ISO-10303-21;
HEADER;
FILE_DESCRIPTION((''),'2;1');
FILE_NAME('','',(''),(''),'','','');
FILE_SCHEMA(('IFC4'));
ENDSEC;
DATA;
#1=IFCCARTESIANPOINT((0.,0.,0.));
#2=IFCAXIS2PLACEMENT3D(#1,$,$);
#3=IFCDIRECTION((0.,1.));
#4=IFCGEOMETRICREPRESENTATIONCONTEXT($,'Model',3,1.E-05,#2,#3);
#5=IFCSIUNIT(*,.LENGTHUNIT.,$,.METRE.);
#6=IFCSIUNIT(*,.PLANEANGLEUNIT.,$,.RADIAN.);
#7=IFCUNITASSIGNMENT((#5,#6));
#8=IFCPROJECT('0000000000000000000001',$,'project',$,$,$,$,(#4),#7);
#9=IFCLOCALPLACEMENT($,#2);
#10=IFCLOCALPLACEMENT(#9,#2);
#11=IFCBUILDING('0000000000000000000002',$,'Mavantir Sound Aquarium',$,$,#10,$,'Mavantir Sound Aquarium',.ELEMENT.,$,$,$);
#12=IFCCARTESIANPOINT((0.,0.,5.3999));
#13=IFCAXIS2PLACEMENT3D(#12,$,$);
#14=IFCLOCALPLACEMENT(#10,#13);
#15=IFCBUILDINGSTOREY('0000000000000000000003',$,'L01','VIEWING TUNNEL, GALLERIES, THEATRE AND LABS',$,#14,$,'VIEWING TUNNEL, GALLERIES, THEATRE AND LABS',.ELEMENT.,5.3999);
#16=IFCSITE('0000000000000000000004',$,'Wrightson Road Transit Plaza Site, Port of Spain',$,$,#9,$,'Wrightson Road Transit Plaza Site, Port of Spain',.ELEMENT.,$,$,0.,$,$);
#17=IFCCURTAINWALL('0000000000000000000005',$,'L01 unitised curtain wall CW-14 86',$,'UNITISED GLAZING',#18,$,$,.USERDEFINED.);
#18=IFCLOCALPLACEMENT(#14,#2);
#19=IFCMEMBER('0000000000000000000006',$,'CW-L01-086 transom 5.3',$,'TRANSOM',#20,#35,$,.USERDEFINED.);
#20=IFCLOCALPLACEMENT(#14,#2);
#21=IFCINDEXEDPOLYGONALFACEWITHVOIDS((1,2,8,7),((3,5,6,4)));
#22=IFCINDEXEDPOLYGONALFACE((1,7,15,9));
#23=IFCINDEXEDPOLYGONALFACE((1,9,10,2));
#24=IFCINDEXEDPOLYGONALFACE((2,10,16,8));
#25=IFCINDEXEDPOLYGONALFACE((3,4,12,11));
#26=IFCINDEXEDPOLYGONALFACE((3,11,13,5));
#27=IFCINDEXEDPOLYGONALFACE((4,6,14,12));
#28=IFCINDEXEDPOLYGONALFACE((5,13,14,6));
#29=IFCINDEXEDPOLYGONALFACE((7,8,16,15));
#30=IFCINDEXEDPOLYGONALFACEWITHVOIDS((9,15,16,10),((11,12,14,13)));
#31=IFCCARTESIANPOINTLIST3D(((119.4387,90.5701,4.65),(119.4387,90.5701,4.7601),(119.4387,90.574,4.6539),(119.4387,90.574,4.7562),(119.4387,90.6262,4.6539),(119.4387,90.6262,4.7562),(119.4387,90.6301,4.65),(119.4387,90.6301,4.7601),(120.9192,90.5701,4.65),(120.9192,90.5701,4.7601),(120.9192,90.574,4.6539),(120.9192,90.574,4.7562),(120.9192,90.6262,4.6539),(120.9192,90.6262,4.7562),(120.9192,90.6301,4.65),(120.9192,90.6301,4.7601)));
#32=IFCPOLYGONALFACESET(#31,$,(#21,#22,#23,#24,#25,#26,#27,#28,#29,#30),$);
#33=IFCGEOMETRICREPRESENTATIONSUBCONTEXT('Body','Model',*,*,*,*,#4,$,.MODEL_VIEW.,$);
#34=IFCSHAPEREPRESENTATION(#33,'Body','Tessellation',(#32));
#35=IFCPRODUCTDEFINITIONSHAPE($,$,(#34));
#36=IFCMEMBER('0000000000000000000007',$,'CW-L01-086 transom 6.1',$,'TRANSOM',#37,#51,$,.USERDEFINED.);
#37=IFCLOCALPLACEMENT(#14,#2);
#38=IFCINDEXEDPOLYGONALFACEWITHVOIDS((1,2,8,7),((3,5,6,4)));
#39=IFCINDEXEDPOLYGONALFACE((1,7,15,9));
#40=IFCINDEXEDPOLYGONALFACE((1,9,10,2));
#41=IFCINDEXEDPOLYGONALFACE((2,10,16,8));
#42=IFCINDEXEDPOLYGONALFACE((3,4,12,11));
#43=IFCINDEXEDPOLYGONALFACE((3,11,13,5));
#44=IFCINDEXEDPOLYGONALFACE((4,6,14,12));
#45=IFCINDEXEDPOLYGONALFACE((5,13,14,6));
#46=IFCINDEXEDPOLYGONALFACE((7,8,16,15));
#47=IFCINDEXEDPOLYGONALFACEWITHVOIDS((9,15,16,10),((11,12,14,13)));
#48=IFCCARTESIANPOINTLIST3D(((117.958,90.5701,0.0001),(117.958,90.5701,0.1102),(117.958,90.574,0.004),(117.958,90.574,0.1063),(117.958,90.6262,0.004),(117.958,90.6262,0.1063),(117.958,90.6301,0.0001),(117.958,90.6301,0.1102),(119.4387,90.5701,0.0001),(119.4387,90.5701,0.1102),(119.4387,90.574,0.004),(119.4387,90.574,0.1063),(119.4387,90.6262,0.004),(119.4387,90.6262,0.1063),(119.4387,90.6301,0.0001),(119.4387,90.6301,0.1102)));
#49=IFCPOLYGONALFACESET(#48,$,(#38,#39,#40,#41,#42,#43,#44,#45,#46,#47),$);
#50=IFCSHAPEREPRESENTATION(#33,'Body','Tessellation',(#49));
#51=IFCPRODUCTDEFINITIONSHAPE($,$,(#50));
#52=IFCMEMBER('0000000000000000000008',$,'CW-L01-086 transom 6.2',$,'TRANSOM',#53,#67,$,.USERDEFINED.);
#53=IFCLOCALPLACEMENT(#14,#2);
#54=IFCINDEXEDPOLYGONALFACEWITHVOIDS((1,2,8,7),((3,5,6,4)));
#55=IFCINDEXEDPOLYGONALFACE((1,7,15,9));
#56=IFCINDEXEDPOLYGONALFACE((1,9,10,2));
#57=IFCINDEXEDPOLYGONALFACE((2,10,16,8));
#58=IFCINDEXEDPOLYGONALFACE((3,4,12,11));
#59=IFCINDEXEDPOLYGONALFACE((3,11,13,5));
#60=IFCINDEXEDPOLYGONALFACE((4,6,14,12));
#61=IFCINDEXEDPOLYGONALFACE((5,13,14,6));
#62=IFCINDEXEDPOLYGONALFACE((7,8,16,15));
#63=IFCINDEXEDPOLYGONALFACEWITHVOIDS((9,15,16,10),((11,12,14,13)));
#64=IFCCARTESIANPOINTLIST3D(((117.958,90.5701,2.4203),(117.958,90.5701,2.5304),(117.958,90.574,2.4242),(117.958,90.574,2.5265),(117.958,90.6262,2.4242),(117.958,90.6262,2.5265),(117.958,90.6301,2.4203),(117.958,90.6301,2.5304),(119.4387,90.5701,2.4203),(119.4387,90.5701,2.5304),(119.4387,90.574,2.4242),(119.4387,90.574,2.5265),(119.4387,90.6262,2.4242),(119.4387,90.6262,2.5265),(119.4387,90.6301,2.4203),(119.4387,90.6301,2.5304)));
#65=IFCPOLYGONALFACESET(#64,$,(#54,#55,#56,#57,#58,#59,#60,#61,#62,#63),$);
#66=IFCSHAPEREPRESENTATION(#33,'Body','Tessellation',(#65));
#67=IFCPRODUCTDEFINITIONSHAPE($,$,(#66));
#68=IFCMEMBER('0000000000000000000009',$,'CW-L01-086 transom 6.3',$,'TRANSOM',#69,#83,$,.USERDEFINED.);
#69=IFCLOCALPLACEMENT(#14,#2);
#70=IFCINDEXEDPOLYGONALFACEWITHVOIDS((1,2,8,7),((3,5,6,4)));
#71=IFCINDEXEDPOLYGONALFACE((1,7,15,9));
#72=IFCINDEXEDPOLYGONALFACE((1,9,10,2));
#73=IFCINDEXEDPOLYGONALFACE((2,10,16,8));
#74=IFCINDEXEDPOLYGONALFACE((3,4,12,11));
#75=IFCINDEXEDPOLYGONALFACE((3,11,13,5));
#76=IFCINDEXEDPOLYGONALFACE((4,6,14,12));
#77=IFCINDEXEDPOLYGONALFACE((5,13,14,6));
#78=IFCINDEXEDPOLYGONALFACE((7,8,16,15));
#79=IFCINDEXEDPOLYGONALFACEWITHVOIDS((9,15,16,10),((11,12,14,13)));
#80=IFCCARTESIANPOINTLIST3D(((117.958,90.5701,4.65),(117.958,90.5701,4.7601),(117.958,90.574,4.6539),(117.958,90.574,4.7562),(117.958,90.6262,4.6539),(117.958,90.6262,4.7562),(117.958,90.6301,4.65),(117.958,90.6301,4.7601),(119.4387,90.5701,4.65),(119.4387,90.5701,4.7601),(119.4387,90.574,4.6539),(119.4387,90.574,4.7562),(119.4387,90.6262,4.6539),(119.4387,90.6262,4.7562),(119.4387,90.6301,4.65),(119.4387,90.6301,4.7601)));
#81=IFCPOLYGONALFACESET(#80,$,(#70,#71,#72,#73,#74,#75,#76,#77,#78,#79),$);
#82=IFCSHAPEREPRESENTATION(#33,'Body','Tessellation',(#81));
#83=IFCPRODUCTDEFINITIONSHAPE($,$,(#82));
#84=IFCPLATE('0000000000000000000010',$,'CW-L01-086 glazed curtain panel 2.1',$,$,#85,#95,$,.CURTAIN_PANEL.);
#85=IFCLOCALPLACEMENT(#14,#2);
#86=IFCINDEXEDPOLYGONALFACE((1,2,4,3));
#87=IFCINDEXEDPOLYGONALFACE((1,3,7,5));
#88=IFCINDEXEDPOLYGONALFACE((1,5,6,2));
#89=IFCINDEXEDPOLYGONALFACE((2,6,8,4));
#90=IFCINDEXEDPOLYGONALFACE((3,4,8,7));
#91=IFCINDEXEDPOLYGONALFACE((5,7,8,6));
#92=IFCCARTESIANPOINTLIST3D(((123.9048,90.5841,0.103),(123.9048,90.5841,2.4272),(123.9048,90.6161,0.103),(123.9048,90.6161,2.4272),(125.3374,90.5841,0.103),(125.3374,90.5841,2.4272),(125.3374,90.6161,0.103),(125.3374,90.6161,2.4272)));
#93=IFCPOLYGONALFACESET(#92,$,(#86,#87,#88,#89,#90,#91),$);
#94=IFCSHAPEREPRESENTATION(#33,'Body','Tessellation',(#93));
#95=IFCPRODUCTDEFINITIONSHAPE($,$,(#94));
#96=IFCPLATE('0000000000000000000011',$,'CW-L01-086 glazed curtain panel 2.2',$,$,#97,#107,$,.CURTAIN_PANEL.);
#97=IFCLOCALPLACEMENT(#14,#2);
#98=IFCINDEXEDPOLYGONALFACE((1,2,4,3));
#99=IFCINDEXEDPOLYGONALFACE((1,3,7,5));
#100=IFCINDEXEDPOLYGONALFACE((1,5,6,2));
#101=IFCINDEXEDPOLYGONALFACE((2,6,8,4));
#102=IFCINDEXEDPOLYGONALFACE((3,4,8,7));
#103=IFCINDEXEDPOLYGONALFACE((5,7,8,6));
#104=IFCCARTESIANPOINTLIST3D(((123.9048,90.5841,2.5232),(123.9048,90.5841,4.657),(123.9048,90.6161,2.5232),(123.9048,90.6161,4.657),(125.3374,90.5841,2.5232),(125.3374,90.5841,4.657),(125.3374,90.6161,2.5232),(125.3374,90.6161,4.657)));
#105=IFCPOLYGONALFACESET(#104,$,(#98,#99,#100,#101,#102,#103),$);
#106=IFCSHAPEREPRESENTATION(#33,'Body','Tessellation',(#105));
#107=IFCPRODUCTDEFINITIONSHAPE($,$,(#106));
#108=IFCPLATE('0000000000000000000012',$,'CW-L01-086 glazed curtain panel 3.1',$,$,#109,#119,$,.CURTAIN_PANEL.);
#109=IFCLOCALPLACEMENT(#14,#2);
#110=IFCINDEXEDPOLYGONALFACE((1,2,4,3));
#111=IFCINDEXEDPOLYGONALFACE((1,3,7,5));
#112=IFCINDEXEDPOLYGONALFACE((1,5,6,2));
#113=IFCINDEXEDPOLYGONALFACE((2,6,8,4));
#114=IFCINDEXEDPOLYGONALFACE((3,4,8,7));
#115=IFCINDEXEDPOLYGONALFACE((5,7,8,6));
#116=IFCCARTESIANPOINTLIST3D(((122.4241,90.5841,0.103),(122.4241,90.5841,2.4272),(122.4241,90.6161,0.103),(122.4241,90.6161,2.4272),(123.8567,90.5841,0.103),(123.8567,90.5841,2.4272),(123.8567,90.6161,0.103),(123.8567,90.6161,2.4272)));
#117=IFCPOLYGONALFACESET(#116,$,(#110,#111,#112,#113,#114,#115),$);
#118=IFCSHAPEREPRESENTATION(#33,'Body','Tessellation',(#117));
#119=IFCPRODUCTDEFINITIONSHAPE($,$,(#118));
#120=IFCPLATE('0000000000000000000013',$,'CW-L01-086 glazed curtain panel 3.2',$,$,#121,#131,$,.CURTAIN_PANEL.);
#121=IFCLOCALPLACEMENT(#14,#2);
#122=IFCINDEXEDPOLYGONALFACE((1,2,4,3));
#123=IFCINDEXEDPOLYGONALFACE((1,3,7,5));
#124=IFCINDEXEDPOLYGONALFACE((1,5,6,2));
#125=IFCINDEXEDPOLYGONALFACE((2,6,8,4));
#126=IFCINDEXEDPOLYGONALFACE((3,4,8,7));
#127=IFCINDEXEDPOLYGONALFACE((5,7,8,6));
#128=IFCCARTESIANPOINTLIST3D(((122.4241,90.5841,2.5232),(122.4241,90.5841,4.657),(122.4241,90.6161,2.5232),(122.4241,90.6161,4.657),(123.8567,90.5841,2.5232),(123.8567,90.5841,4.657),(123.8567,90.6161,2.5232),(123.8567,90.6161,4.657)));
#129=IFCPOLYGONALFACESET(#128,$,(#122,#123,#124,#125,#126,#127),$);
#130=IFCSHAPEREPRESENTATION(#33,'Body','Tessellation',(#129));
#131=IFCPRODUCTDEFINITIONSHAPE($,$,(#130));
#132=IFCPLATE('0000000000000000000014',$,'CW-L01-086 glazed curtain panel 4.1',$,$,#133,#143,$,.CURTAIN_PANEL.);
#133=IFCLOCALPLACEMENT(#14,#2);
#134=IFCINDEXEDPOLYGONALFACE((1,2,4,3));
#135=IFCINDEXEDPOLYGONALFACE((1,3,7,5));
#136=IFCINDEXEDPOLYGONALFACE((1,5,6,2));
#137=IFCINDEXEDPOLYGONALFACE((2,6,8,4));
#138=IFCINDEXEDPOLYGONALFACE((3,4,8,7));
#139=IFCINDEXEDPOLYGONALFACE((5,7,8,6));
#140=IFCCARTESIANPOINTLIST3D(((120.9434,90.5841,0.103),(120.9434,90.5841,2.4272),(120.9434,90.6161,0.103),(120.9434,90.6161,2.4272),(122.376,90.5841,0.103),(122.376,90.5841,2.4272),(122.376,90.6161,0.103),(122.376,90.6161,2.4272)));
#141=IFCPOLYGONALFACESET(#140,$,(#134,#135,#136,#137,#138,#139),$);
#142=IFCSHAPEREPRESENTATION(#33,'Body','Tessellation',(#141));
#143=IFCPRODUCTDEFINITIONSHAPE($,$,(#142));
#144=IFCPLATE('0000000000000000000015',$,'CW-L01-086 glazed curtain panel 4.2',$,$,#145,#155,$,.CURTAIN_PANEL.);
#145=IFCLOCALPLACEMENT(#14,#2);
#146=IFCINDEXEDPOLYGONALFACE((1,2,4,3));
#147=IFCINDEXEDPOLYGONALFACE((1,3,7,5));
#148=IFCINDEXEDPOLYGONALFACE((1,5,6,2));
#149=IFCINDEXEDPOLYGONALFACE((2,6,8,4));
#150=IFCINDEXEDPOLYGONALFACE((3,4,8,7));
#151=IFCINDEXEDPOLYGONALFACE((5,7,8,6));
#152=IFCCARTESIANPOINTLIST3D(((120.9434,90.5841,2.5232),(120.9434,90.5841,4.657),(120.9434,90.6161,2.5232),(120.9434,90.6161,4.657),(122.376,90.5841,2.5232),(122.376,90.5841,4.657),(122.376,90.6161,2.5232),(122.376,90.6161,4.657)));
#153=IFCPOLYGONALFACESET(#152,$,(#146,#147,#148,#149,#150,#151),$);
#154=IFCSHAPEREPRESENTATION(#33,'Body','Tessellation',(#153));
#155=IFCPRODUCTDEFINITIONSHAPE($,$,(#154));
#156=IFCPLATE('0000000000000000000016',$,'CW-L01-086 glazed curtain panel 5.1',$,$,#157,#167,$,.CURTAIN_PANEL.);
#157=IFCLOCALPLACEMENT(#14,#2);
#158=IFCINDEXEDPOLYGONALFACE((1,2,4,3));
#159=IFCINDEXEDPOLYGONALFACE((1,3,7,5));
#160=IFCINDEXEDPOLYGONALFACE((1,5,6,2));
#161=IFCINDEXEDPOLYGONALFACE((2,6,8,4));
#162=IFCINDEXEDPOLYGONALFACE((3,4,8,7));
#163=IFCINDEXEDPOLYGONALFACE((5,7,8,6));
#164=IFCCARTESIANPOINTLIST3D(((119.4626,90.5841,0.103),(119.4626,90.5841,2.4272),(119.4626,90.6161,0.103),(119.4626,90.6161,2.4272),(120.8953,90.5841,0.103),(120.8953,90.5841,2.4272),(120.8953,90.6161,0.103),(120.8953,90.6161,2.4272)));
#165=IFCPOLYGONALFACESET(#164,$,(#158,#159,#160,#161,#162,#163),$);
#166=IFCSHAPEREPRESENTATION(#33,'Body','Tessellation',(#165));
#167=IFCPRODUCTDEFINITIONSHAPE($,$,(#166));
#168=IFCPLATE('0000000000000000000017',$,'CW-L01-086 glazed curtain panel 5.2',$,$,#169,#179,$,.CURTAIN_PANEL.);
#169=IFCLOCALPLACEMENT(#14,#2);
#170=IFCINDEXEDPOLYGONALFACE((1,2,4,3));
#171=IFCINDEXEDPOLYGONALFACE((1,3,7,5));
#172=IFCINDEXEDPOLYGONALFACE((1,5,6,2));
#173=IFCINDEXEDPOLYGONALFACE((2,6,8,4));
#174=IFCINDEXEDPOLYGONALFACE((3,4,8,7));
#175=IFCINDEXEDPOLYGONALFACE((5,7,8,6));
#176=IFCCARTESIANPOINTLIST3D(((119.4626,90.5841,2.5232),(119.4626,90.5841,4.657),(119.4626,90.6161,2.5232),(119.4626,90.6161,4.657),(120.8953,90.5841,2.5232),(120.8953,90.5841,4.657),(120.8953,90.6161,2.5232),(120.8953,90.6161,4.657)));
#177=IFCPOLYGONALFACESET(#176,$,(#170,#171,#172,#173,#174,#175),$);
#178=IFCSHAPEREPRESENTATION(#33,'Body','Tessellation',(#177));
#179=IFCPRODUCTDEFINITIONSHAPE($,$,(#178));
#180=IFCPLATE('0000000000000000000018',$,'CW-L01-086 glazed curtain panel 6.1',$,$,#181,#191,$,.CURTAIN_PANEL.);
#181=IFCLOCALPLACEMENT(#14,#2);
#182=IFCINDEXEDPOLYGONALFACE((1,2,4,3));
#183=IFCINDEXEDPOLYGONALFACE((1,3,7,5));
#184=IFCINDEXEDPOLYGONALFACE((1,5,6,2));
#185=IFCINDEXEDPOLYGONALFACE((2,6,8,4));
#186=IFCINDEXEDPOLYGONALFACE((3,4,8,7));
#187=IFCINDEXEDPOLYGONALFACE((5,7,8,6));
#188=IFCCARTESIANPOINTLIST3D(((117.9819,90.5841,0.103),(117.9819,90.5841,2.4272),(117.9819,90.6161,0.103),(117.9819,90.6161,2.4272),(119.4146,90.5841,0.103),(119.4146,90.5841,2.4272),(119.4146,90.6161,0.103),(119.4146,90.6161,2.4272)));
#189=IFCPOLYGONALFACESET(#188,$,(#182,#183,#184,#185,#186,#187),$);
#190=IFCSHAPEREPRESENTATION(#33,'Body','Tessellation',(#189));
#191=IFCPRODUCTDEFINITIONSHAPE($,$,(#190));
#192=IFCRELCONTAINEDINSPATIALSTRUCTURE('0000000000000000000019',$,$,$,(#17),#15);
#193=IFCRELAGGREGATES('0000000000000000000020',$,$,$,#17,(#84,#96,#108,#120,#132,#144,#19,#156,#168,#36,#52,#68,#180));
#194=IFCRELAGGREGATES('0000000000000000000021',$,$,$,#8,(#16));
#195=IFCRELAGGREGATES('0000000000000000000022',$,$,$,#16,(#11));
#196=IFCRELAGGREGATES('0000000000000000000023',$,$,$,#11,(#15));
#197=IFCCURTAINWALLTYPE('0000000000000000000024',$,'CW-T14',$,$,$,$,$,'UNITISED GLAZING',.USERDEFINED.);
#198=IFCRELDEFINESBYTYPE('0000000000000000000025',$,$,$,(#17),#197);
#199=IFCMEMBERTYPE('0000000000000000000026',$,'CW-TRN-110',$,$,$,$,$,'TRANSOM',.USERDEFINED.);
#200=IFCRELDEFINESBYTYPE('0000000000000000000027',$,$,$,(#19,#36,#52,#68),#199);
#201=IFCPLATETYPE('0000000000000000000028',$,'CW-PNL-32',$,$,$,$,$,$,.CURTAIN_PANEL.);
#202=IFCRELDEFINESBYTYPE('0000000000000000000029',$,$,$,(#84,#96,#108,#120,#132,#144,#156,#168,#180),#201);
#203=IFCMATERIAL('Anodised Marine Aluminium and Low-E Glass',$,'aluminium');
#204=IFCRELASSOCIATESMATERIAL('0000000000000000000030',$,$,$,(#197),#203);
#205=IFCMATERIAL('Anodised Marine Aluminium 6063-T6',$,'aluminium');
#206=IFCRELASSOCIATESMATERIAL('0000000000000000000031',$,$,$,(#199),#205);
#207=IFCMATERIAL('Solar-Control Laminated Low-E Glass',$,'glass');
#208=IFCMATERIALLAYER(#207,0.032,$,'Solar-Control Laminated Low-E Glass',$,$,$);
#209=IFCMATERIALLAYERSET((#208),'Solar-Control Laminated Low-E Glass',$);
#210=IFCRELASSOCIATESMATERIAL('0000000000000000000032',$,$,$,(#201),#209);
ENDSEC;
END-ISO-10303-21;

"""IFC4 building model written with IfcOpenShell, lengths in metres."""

from ifc_helpers import new_model, si_unit, direction, frame, origin, origin_2d, place, context, subcontext, project, spatial, rectangle, hollow_rectangle, extrude, material, layer, layer_set, material_profile, profile_set, type_object, element, aggregate, save


model = new_model("IFC4")

# Units and contexts
model_context = context("Model", 3, precision=1e-05, world=origin(), true_north=direction((0.0, 1.0)))
body_context = subcontext(model_context, "Body", "Model", "MODEL_VIEW")
ifc_project = project(units=[si_unit("LENGTHUNIT", "METRE"), si_unit("PLANEANGLEUNIT", "RADIAN")], contexts=[model_context])

# Site, building, storey
site_placement = place(None, origin())
site = spatial("IfcSite", under=ifc_project, at=site_placement, Name="Wrightson Road Transit Plaza Site, Port of Spain", LongName="Wrightson Road Transit Plaza Site, Port of Spain", CompositionType="ELEMENT", RefElevation=0.0)
building_placement = place(site_placement, origin())
building = spatial("IfcBuilding", under=site, at=building_placement, Name="Mavantir Sound Aquarium", LongName="Mavantir Sound Aquarium", CompositionType="ELEMENT")
storey_placement = place(building_placement, frame((0.0, 0.0, 5.3999)))
storey = spatial("IfcBuildingStorey", under=building, at=storey_placement, Name="L01", Description="VIEWING TUNNEL, GALLERIES, THEATRE AND LABS", LongName="VIEWING TUNNEL, GALLERIES, THEATRE AND LABS", CompositionType="ELEMENT", Elevation=5.3999)

# Curtain wall, members, plates
ifc_material_1 = material(Name="Anodised Marine Aluminium and Low-E Glass", Category="aluminium")
curtain_wall_type = type_object("IfcCurtainWallType", Name="CW-T14", ElementType="UNITISED GLAZING", PredefinedType="USERDEFINED", material=ifc_material_1)
curtain_wall_placement = place(storey_placement, origin())
curtain_wall = element("IfcCurtainWall", 1, at=curtain_wall_placement, inside=storey, type_object=curtain_wall_type, Name="L01 unitised curtain wall CW-14 86", ObjectType="UNITISED GLAZING", PredefinedType="USERDEFINED")
ifc_material_2 = material(Name="Anodised Marine Aluminium 6063-T6", Category="aluminium")
ifc_material_profile_1 = material_profile(ifc_material_2, hollow_rectangle(XDim=0.0601, YDim=0.1101, WallThickness=0.0039, at=origin_2d()), Name="ALU-TRANSOM-110X60")
ifc_profile_set_1 = profile_set([ifc_material_profile_1], Name="Anodised Marine Aluminium 6063-T6")
member_type_1 = type_object("IfcMemberType", Name="CW-TRN-110", ElementType="TRANSOM", PredefinedType="USERDEFINED", material=ifc_profile_set_1)
member_1_placement = place(storey_placement, frame((120.9192, 90.6001, 4.7051), z_axis=(-1.0, 0.0, 0.0), x_axis=(0.0, -1.0, 0.0)))
member_1 = element("IfcMember", 2, at=member_1_placement, type_object=member_type_1, Name="CW-L01-086 transom 5.3", ObjectType="TRANSOM", PredefinedType="USERDEFINED", context=body_context, shape_type="SweptSolid", body=[
    extrude(hollow_rectangle(XDim=0.0601, YDim=0.1101, WallThickness=0.0039, at=origin_2d()), origin(), (0.0, 0.0, 1.0), 1.4805),
])
member_2_placement = place(storey_placement, frame((119.4387, 90.6001, 0.0552), z_axis=(-1.0, 0.0, 0.0), x_axis=(0.0, -1.0, 0.0)))
member_2 = element("IfcMember", 3, at=member_2_placement, type_object=member_type_1, Name="CW-L01-086 transom 6.1", ObjectType="TRANSOM", PredefinedType="USERDEFINED", context=body_context, shape_type="SweptSolid", body=[
    extrude(hollow_rectangle(XDim=0.0601, YDim=0.1101, WallThickness=0.0039, at=origin_2d()), origin(), (0.0, 0.0, 1.0), 1.4807),
])
member_3_placement = place(storey_placement, frame((119.4387, 90.6001, 2.4753), z_axis=(-1.0, 0.0, 0.0), x_axis=(0.0, -1.0, 0.0)))
member_3 = element("IfcMember", 4, at=member_3_placement, type_object=member_type_1, Name="CW-L01-086 transom 6.2", ObjectType="TRANSOM", PredefinedType="USERDEFINED", context=body_context, shape_type="SweptSolid", body=[
    extrude(hollow_rectangle(XDim=0.0601, YDim=0.1101, WallThickness=0.0039, at=origin_2d()), origin(), (0.0, 0.0, 1.0), 1.4807),
])
member_4_placement = place(storey_placement, frame((119.4387, 90.6001, 4.7051), z_axis=(-1.0, 0.0, 0.0), x_axis=(0.0, -1.0, 0.0)))
member_4 = element("IfcMember", 5, at=member_4_placement, type_object=member_type_1, Name="CW-L01-086 transom 6.3", ObjectType="TRANSOM", PredefinedType="USERDEFINED", context=body_context, shape_type="SweptSolid", body=[
    extrude(hollow_rectangle(XDim=0.0601, YDim=0.1101, WallThickness=0.0039, at=origin_2d()), origin(), (0.0, 0.0, 1.0), 1.4807),
])
ifc_material_3 = material(Name="Solar-Control Laminated Low-E Glass", Category="glass")
ifc_layer = layer(ifc_material_3, 0.032, Name="Solar-Control Laminated Low-E Glass")
ifc_layer_set = layer_set([ifc_layer], Name="Solar-Control Laminated Low-E Glass")
plate_type = type_object("IfcPlateType", Name="CW-PNL-32", PredefinedType="CURTAIN_PANEL", material=ifc_layer_set)
plate_1_placement = place(storey_placement, frame((124.6211, 90.6001, 0.103), z_axis=(0.0, 0.0, 1.0), x_axis=(-1.0, 0.0, 0.0)))
plate_1 = element("IfcPlate", 6, at=plate_1_placement, type_object=plate_type, Name="CW-L01-086 glazed curtain panel 2.1", PredefinedType="CURTAIN_PANEL", context=body_context, shape_type="SweptSolid", body=[
    extrude(rectangle(XDim=1.4326, YDim=0.032, at=origin_2d()), origin(), (0.0, 0.0, 1.0), 2.3242),
])
plate_2_placement = place(storey_placement, frame((124.6211, 90.6001, 2.5232), z_axis=(0.0, 0.0, 1.0), x_axis=(-1.0, 0.0, 0.0)))
plate_2 = element("IfcPlate", 7, at=plate_2_placement, type_object=plate_type, Name="CW-L01-086 glazed curtain panel 2.2", PredefinedType="CURTAIN_PANEL", context=body_context, shape_type="SweptSolid", body=[
    extrude(rectangle(XDim=1.4326, YDim=0.032, at=origin_2d()), origin(), (0.0, 0.0, 1.0), 2.1338),
])
plate_3_placement = place(storey_placement, frame((123.1404, 90.6001, 0.103), z_axis=(0.0, 0.0, 1.0), x_axis=(-1.0, 0.0, 0.0)))
plate_3 = element("IfcPlate", 8, at=plate_3_placement, type_object=plate_type, Name="CW-L01-086 glazed curtain panel 3.1", PredefinedType="CURTAIN_PANEL", context=body_context, shape_type="SweptSolid", body=[
    extrude(rectangle(XDim=1.4326, YDim=0.032, at=origin_2d()), origin(), (0.0, 0.0, 1.0), 2.3242),
])
plate_4_placement = place(storey_placement, frame((123.1404, 90.6001, 2.5232), z_axis=(0.0, 0.0, 1.0), x_axis=(-1.0, 0.0, 0.0)))
plate_4 = element("IfcPlate", 9, at=plate_4_placement, type_object=plate_type, Name="CW-L01-086 glazed curtain panel 3.2", PredefinedType="CURTAIN_PANEL", context=body_context, shape_type="SweptSolid", body=[
    extrude(rectangle(XDim=1.4326, YDim=0.032, at=origin_2d()), origin(), (0.0, 0.0, 1.0), 2.1338),
])
plate_5_placement = place(storey_placement, frame((121.6597, 90.6001, 0.103), z_axis=(0.0, 0.0, 1.0), x_axis=(-1.0, 0.0, 0.0)))
plate_5 = element("IfcPlate", 10, at=plate_5_placement, type_object=plate_type, Name="CW-L01-086 glazed curtain panel 4.1", PredefinedType="CURTAIN_PANEL", context=body_context, shape_type="SweptSolid", body=[
    extrude(rectangle(XDim=1.4326, YDim=0.032, at=origin_2d()), origin(), (0.0, 0.0, 1.0), 2.3242),
])
plate_6_placement = place(storey_placement, frame((121.6597, 90.6001, 2.5232), z_axis=(0.0, 0.0, 1.0), x_axis=(-1.0, 0.0, 0.0)))
plate_6 = element("IfcPlate", 11, at=plate_6_placement, type_object=plate_type, Name="CW-L01-086 glazed curtain panel 4.2", PredefinedType="CURTAIN_PANEL", context=body_context, shape_type="SweptSolid", body=[
    extrude(rectangle(XDim=1.4326, YDim=0.032, at=origin_2d()), origin(), (0.0, 0.0, 1.0), 2.1338),
])
plate_7_placement = place(storey_placement, frame((120.179, 90.6001, 0.103), z_axis=(0.0, 0.0, 1.0), x_axis=(-1.0, 0.0, 0.0)))
plate_7 = element("IfcPlate", 12, at=plate_7_placement, type_object=plate_type, Name="CW-L01-086 glazed curtain panel 5.1", PredefinedType="CURTAIN_PANEL", context=body_context, shape_type="SweptSolid", body=[
    extrude(rectangle(XDim=1.4326, YDim=0.032, at=origin_2d()), origin(), (0.0, 0.0, 1.0), 2.3242),
])
plate_8_placement = place(storey_placement, frame((120.179, 90.6001, 2.5232), z_axis=(0.0, 0.0, 1.0), x_axis=(-1.0, 0.0, 0.0)))
plate_8 = element("IfcPlate", 13, at=plate_8_placement, type_object=plate_type, Name="CW-L01-086 glazed curtain panel 5.2", PredefinedType="CURTAIN_PANEL", context=body_context, shape_type="SweptSolid", body=[
    extrude(rectangle(XDim=1.4326, YDim=0.032, at=origin_2d()), origin(), (0.0, 0.0, 1.0), 2.1338),
])
plate_9_placement = place(storey_placement, frame((118.6982, 90.6001, 0.103), z_axis=(0.0, 0.0, 1.0), x_axis=(-1.0, 0.0, 0.0)))
plate_9 = element("IfcPlate", 14, at=plate_9_placement, type_object=plate_type, Name="CW-L01-086 glazed curtain panel 6.1", PredefinedType="CURTAIN_PANEL", context=body_context, shape_type="SweptSolid", body=[
    extrude(rectangle(XDim=1.4326, YDim=0.032, at=origin_2d()), origin(), (0.0, 0.0, 1.0), 2.3242),
])
aggregate(curtain_wall, [plate_1, plate_2, plate_3, plate_4, plate_5, plate_6, member_1, plate_7, plate_8, member_2, member_3, member_4, plate_9])

save(model, "model.ifc")
